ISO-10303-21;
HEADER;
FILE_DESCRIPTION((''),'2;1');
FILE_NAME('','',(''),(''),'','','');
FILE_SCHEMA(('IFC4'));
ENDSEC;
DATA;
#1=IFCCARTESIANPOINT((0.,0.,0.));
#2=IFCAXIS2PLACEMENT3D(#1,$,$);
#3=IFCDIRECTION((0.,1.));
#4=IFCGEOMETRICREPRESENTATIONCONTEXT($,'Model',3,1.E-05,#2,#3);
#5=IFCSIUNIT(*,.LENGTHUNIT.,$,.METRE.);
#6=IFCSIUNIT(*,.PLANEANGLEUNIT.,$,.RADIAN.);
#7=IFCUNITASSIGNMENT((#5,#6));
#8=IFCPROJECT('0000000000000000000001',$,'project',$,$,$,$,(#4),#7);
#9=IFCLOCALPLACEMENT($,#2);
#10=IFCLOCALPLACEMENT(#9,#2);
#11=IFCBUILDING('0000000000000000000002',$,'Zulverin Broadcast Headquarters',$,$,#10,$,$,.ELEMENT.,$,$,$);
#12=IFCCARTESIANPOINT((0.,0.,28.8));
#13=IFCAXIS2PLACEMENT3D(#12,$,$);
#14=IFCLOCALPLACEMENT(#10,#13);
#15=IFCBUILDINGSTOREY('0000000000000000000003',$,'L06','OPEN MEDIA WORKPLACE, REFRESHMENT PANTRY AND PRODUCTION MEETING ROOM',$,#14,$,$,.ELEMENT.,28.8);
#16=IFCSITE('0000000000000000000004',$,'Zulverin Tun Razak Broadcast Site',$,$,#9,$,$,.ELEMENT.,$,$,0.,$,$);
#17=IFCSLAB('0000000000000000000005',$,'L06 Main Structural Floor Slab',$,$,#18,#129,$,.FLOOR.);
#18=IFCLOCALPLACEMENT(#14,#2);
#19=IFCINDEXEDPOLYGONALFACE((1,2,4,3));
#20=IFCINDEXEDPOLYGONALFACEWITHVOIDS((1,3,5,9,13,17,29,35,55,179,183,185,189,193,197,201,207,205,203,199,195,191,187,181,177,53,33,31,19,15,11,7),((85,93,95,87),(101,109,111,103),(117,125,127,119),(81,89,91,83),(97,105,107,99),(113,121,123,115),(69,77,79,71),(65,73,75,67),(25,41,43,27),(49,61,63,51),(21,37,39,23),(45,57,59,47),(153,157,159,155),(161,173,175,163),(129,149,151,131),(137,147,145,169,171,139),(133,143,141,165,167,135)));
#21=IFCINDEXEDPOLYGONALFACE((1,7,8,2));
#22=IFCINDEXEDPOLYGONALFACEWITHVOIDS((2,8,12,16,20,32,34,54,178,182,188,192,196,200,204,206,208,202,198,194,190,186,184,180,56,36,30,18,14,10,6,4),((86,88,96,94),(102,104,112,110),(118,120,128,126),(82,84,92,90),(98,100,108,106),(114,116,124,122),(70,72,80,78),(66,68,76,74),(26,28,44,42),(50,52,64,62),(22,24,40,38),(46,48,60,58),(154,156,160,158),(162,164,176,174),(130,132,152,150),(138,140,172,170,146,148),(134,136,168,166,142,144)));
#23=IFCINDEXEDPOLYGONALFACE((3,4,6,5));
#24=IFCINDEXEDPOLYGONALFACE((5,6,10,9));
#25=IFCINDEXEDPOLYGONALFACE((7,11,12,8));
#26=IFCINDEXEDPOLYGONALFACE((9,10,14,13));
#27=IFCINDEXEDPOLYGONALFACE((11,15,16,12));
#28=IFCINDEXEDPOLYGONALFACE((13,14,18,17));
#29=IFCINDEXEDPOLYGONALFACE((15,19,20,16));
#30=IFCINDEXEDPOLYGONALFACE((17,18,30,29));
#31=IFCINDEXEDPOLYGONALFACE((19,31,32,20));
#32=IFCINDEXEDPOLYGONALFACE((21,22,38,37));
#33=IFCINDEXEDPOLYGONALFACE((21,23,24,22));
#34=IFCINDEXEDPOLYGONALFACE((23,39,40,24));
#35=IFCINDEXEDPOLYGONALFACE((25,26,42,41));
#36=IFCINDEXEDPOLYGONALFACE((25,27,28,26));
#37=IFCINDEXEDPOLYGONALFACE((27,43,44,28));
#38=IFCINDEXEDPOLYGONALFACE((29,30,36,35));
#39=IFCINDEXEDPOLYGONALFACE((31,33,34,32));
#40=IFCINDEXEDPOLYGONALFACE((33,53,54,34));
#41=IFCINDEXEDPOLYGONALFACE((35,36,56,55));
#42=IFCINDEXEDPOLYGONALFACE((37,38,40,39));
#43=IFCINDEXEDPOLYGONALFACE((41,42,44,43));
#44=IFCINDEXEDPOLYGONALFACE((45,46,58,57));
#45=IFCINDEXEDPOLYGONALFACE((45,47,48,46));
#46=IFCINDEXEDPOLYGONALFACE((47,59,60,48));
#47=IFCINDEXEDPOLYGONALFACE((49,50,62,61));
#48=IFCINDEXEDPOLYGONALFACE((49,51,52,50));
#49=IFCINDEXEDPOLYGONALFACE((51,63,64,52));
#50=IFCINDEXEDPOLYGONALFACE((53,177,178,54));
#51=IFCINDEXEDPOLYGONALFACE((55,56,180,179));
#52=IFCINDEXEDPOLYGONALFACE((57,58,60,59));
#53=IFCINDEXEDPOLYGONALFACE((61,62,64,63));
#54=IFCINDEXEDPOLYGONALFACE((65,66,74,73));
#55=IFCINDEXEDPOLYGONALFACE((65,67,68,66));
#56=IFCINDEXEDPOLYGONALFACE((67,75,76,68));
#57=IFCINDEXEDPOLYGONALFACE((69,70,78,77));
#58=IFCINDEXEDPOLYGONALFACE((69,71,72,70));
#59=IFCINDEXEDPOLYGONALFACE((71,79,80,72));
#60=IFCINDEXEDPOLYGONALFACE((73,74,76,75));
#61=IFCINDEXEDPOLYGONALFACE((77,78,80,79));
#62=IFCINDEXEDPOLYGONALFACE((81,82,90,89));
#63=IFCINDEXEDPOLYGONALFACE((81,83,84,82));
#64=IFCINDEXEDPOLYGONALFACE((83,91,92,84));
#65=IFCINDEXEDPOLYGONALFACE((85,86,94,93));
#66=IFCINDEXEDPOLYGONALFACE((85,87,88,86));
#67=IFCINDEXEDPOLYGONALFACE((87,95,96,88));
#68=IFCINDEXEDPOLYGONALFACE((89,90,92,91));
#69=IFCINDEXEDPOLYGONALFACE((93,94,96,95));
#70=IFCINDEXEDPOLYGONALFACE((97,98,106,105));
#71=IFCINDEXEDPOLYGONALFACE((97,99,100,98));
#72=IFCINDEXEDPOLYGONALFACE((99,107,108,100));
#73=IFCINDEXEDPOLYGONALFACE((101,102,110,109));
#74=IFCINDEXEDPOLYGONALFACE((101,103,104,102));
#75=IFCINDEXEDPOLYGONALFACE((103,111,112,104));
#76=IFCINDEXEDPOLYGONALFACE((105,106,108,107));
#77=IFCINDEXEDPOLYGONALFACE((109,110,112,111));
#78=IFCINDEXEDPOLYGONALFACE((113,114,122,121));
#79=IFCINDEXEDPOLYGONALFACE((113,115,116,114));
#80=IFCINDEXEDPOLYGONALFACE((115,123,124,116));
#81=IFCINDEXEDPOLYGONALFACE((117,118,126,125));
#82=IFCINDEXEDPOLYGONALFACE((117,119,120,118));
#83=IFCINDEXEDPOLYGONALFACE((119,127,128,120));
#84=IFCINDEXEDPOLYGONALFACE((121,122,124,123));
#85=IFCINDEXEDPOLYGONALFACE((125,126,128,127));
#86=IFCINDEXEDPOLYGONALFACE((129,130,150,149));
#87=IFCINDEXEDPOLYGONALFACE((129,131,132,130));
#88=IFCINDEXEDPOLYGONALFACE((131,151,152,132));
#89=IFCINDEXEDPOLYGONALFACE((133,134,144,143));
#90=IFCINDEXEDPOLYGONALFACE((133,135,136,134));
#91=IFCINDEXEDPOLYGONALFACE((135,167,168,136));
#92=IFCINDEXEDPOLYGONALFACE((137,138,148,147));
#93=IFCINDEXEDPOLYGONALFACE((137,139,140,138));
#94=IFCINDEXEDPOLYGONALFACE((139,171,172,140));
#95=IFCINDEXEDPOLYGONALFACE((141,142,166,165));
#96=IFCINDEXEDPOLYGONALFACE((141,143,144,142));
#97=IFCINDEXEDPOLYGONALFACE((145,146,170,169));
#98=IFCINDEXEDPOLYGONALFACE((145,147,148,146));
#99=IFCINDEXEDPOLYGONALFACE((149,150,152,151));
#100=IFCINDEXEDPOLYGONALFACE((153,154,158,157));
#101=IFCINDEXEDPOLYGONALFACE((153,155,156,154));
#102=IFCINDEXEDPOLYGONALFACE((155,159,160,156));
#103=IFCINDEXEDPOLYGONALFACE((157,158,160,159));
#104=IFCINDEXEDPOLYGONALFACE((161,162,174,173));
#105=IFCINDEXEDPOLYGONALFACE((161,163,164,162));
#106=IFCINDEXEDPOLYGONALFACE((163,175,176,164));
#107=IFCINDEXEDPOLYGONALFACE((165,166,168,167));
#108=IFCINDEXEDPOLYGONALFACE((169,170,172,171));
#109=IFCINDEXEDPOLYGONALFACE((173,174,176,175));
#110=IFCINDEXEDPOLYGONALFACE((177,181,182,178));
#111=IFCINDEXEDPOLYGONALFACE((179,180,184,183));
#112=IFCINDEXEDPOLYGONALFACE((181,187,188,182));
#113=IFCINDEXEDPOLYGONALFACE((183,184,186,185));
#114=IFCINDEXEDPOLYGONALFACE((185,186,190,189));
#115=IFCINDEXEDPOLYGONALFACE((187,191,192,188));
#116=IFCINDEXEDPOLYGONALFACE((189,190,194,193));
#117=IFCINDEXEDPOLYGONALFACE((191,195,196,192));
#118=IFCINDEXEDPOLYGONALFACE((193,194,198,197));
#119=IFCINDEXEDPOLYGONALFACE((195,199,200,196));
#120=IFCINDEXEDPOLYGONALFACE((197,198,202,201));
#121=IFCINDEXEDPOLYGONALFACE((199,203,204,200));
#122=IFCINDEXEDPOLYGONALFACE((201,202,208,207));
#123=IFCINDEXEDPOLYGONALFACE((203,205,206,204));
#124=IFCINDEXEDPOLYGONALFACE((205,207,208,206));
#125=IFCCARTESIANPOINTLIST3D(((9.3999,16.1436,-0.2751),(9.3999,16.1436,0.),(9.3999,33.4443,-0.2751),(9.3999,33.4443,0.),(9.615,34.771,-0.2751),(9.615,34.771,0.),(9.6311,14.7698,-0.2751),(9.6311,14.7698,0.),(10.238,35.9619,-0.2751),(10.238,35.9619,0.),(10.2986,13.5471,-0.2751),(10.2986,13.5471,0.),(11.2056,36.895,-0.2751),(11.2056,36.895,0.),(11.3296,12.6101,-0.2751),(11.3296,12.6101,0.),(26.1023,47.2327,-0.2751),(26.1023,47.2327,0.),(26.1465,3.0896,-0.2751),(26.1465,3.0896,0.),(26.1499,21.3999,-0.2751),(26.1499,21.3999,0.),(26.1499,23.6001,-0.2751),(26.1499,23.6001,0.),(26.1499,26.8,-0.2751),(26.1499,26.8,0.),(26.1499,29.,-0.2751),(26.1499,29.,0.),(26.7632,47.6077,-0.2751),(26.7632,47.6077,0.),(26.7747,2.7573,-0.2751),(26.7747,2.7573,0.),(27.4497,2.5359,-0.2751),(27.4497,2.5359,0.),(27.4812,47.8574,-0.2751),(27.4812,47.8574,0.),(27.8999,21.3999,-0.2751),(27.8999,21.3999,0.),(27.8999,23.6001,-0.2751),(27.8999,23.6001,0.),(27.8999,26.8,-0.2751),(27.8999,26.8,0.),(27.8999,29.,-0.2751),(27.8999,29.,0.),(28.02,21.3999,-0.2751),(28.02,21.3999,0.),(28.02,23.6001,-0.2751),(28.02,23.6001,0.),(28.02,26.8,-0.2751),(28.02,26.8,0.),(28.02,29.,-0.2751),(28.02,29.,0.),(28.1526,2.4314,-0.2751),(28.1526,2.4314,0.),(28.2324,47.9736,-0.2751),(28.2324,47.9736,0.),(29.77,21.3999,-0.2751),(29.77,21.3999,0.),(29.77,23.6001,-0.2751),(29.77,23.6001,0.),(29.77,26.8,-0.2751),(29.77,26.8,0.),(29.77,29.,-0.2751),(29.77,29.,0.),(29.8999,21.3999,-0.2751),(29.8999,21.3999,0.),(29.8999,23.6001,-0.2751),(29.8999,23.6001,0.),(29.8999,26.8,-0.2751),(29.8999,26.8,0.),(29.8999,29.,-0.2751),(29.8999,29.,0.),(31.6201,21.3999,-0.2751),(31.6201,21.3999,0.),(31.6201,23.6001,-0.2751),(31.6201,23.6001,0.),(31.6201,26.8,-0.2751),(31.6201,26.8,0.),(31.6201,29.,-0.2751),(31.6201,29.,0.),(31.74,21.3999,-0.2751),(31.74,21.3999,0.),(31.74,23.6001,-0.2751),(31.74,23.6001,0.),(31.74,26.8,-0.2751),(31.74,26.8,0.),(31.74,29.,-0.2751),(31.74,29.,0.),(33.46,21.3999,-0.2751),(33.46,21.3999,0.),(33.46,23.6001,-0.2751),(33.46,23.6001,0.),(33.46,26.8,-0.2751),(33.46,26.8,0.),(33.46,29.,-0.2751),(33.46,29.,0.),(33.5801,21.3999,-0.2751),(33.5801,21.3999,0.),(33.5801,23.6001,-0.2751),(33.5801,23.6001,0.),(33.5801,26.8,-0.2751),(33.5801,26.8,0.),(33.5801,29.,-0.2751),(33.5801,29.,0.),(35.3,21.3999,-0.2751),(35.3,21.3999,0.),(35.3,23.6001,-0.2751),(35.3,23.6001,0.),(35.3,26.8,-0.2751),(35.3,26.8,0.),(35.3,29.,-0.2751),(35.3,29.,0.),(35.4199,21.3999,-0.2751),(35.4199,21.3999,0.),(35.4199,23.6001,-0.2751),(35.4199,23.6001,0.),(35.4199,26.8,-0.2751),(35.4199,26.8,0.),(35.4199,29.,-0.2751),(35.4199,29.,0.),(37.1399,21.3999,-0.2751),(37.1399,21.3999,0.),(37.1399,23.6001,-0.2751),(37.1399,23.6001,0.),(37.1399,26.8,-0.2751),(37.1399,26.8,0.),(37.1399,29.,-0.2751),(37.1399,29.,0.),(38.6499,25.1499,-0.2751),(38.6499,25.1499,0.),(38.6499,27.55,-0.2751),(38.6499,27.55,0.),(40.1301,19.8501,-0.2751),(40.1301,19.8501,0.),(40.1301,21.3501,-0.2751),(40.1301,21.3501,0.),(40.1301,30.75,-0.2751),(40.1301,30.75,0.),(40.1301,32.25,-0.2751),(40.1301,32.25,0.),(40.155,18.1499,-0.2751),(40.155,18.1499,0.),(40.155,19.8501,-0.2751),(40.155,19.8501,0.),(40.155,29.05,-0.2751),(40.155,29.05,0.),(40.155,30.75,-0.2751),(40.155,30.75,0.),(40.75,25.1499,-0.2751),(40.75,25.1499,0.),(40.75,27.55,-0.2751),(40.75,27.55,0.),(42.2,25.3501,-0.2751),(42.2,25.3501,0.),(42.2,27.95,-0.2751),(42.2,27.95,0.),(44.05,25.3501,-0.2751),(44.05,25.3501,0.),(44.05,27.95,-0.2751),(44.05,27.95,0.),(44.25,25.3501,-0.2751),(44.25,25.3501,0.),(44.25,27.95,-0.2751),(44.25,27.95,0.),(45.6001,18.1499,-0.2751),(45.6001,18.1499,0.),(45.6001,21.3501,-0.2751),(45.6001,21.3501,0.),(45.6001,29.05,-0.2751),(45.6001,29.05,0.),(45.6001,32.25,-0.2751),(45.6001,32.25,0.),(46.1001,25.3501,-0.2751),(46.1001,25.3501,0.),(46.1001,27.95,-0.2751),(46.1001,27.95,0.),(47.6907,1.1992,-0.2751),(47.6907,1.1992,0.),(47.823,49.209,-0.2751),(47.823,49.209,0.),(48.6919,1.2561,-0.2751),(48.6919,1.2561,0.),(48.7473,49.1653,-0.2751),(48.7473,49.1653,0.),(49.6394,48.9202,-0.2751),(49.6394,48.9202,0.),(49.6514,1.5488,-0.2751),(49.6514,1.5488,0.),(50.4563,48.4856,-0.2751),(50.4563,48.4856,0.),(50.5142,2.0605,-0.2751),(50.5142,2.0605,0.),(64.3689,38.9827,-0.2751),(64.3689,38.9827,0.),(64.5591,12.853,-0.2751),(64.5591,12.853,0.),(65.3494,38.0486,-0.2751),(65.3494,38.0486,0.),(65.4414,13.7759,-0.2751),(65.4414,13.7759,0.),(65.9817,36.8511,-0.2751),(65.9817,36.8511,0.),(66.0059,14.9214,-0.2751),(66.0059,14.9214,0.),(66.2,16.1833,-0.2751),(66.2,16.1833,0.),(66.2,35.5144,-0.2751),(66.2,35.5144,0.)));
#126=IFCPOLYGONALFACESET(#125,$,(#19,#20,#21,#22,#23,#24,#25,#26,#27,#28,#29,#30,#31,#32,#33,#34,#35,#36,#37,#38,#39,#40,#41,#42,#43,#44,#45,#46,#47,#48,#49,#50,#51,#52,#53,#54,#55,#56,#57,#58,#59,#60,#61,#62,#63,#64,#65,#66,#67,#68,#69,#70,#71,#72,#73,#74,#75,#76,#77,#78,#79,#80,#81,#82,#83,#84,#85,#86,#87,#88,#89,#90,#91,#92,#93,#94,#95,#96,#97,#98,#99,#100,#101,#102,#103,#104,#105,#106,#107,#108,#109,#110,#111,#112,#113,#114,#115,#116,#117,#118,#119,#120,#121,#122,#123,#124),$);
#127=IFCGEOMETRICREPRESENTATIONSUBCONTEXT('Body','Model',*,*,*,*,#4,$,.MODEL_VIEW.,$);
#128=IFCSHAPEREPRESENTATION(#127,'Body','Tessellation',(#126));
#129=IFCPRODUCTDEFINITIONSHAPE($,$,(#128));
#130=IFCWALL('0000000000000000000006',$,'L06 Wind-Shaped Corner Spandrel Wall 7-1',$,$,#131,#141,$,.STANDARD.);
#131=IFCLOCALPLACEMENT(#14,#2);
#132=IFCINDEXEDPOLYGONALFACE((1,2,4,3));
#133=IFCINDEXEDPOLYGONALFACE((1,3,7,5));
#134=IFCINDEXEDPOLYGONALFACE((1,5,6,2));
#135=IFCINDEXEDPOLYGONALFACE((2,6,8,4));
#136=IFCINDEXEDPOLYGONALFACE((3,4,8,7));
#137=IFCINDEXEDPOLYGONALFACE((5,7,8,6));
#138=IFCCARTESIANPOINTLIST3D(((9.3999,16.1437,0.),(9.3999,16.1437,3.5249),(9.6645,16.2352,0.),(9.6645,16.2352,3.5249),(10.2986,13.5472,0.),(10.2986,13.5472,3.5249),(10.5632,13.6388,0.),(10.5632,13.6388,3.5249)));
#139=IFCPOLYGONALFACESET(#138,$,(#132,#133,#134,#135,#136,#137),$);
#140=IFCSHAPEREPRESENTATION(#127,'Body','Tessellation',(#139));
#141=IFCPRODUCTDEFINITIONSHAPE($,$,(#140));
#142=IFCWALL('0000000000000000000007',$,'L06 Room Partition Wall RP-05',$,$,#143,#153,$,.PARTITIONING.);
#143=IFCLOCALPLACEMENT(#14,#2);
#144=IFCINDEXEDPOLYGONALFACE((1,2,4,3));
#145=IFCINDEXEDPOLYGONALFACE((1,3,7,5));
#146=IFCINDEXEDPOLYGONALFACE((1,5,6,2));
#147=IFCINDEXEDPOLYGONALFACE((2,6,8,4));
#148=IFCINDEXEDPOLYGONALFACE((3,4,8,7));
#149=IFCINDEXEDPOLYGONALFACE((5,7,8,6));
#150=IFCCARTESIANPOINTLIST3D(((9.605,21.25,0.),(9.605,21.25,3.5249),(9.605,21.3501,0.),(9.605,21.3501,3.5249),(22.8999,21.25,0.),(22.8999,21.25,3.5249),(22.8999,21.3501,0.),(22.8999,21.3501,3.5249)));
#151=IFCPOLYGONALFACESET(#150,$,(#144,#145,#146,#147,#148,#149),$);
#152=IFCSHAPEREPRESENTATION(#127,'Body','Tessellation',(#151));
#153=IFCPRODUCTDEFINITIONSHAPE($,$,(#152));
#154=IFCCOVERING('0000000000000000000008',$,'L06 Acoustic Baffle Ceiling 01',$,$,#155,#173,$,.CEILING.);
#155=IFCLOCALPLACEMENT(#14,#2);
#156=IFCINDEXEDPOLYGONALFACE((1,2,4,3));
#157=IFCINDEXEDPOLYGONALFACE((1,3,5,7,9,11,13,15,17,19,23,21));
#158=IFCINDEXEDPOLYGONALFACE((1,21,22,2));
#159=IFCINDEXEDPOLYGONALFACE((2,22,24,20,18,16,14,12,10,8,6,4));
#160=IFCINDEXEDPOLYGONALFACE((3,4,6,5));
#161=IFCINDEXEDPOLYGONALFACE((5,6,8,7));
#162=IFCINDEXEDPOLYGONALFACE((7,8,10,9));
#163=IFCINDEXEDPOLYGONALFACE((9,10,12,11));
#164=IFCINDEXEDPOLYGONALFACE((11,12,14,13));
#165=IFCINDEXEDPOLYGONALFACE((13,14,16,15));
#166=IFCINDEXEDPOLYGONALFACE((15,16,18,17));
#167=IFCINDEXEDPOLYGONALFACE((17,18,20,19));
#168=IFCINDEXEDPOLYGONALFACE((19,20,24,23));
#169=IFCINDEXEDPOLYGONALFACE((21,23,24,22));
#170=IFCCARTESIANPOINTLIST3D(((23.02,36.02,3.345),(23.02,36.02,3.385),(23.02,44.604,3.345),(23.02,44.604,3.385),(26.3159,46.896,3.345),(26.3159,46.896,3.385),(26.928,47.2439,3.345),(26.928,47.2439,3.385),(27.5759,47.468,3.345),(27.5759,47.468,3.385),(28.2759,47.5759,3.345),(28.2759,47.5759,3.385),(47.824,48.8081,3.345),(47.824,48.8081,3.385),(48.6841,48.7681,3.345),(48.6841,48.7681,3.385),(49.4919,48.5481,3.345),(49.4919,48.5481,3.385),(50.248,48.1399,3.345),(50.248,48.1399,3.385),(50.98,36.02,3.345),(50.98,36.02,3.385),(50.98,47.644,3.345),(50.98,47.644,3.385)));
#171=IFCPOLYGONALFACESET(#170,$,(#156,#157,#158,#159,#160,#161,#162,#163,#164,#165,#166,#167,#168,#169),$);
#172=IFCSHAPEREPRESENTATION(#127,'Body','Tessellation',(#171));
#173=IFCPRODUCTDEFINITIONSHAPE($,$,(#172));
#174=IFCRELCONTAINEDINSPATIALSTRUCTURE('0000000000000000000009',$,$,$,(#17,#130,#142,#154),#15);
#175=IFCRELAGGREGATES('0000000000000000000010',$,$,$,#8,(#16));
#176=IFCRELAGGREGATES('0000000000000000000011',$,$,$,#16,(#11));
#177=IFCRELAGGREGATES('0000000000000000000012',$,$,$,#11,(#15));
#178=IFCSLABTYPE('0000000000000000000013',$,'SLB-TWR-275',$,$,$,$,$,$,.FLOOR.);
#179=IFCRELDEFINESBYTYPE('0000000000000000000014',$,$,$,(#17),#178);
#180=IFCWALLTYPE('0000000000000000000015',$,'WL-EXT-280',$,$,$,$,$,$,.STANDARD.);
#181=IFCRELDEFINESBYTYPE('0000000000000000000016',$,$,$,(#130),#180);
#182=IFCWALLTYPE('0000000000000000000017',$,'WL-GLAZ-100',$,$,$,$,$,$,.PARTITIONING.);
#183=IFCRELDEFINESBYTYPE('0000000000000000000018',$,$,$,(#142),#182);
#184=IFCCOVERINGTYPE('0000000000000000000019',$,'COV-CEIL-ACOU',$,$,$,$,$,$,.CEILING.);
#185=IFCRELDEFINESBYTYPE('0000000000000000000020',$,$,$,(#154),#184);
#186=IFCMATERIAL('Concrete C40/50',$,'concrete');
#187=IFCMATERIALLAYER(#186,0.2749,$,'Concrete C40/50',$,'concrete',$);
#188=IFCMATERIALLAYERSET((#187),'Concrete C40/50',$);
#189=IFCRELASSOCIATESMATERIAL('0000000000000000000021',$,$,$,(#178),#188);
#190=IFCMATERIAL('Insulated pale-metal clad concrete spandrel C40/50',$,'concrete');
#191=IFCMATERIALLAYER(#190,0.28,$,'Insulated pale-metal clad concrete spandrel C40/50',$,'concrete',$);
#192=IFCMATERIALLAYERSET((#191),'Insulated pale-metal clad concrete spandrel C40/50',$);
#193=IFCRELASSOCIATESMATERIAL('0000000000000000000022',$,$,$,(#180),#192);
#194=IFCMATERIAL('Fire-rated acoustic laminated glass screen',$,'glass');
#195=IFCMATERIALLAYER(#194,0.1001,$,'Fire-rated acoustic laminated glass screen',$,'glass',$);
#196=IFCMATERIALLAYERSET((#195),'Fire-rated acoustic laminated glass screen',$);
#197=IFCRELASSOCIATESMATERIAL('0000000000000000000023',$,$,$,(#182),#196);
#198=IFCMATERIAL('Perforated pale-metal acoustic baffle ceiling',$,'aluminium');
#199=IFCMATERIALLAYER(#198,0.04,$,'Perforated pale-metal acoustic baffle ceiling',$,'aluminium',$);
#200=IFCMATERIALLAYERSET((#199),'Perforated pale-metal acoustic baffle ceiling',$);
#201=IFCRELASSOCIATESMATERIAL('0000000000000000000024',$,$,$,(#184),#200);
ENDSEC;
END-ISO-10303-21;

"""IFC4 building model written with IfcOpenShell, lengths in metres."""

from ifc_helpers import new_model, si_unit, direction, frame, frame_2d, origin, place, context, subcontext, project, spatial, polyline, rectangle, outline, extrude, material, layer, layer_set, type_object, element, save


model = new_model("IFC4")

# Units and contexts
model_context = context("Model", 3, precision=1e-05, world=origin(), true_north=direction((0.0, 1.0)))
body_context = subcontext(model_context, "Body", "Model", "MODEL_VIEW")
ifc_project = project(units=[si_unit("LENGTHUNIT", "METRE"), si_unit("PLANEANGLEUNIT", "RADIAN")], contexts=[model_context])

# Site, building, storey
site_placement = place(None, origin())
site = spatial("IfcSite", under=ifc_project, at=site_placement, Name="Zulverin Tun Razak Broadcast Site", CompositionType="ELEMENT", RefElevation=0.0)
building_placement = place(site_placement, origin())
building = spatial("IfcBuilding", under=site, at=building_placement, Name="Zulverin Broadcast Headquarters", CompositionType="ELEMENT")
storey_placement = place(building_placement, frame((0.0, 0.0, 28.8)))
storey = spatial("IfcBuildingStorey", under=building, at=storey_placement, Name="L06", Description="OPEN MEDIA WORKPLACE, REFRESHMENT PANTRY AND PRODUCTION MEETING ROOM", CompositionType="ELEMENT", Elevation=28.8)

# Shared definitions
ifc_material_1 = material(Name="Concrete C40/50", Category="concrete")

# Slab
ifc_layer_1 = layer(ifc_material_1, 0.2749, Name="Concrete C40/50", Category="concrete")
ifc_layer_set_1 = layer_set([ifc_layer_1], Name="Concrete C40/50")
slab_type_1 = type_object("IfcSlabType", Name="SLB-TWR-275", PredefinedType="FLOOR", material=ifc_layer_set_1)
slab_1_placement = place(storey_placement, frame((0.0, 0.0, -0.2751)))
element("IfcSlab", 1, at=slab_1_placement, inside=storey, type_object=slab_type_1, Name="L06 Main Structural Floor Slab", PredefinedType="FLOOR", context=body_context, shape_type="SweptSolid", body=[
    extrude(outline(polyline([(26.1465, 3.0896), (26.7747, 2.7573), (27.4497, 2.5359), (28.1526, 2.4314), (47.6907, 1.1992), (48.6919, 1.2561), (49.6514, 1.5488), (50.5142, 2.0605), (64.5591, 12.853), (65.4414, 13.7759), (66.0059, 14.9214), (66.2, 16.1833), (66.2, 35.5144), (65.9817, 36.8511), (65.3494, 38.0486), (64.3689, 38.9827), (50.4563, 48.4856), (49.6394, 48.9202), (48.7473, 49.1653), (47.823, 49.209), (28.2324, 47.9736), (27.4812, 47.8574), (26.7632, 47.6077), (26.1023, 47.2327), (11.2056, 36.895), (10.238, 35.9619), (9.615, 34.771), (9.3999, 33.4443), (9.3999, 16.1436), (9.6311, 14.7698), (10.2986, 13.5471), (11.3296, 12.6101), (26.1465, 3.0896)]), holes=[polyline([(40.155, 30.75), (40.1301, 30.75), (40.1301, 32.25), (45.6001, 32.25), (45.6001, 29.05), (40.155, 29.05), (40.155, 30.75)]), polyline([(40.155, 19.8501), (40.1301, 19.8501), (40.1301, 21.3501), (45.6001, 21.3501), (45.6001, 18.1499), (40.155, 18.1499), (40.155, 19.8501)]), polyline([(26.1499, 26.8), (27.8999, 26.8), (27.8999, 29.0), (26.1499, 29.0), (26.1499, 26.8)]), polyline([(28.02, 26.8), (29.77, 26.8), (29.77, 29.0), (28.02, 29.0), (28.02, 26.8)]), polyline([(26.1499, 21.3999), (27.8999, 21.3999), (27.8999, 23.6001), (26.1499, 23.6001), (26.1499, 21.3999)]), polyline([(28.02, 21.3999), (29.77, 21.3999), (29.77, 23.6001), (28.02, 23.6001), (28.02, 21.3999)]), polyline([(29.8999, 21.3999), (31.6201, 21.3999), (31.6201, 23.6001), (29.8999, 23.6001), (29.8999, 21.3999)]), polyline([(31.74, 21.3999), (33.46, 21.3999), (33.46, 23.6001), (31.74, 23.6001), (31.74, 21.3999)]), polyline([(33.5801, 21.3999), (35.3, 21.3999), (35.3, 23.6001), (33.5801, 23.6001), (33.5801, 21.3999)]), polyline([(35.4199, 21.3999), (37.1399, 21.3999), (37.1399, 23.6001), (35.4199, 23.6001), (35.4199, 21.3999)]), polyline([(29.8999, 26.8), (31.6201, 26.8), (31.6201, 29.0), (29.8999, 29.0), (29.8999, 26.8)]), polyline([(31.74, 26.8), (33.46, 26.8), (33.46, 29.0), (31.74, 29.0), (31.74, 26.8)]), polyline([(33.5801, 26.8), (35.3, 26.8), (35.3, 29.0), (33.5801, 29.0), (33.5801, 26.8)]), polyline([(35.4199, 26.8), (37.1399, 26.8), (37.1399, 29.0), (35.4199, 29.0), (35.4199, 26.8)]), polyline([(42.2, 25.3501), (44.05, 25.3501), (44.05, 27.95), (42.2, 27.95), (42.2, 25.3501)]), polyline([(44.25, 25.3501), (46.1001, 25.3501), (46.1001, 27.95), (44.25, 27.95), (44.25, 25.3501)]), polyline([(38.6499, 25.1499), (40.75, 25.1499), (40.75, 27.55), (38.6499, 27.55), (38.6499, 25.1499)])]), origin(), (0.0, 0.0, 1.0), 0.2751),
])

# Walls
ifc_material_2 = material(Name="Insulated pale-metal clad concrete spandrel C40/50", Category="concrete")
ifc_layer_2 = layer(ifc_material_2, 0.28, Name="Insulated pale-metal clad concrete spandrel C40/50", Category="concrete")
ifc_layer_set_2 = layer_set([ifc_layer_2], Name="Insulated pale-metal clad concrete spandrel C40/50")
wall_type_1 = type_object("IfcWallType", Name="WL-EXT-280", PredefinedType="STANDARD", material=ifc_layer_set_2)
wall_1_placement = place(storey_placement, frame((9.5322, 16.1895, 0.0), z_axis=(0.0, 0.0, 1.0), x_axis=(0.327083, -0.944996, 0.0)))
element("IfcWall", 2, at=wall_1_placement, inside=storey, type_object=wall_type_1, Name="L06 Wind-Shaped Corner Spandrel Wall 7-1", PredefinedType="STANDARD", context=body_context, shape_type="SweptSolid", body=[
    extrude(rectangle(XDim=2.7476, YDim=0.28, at=frame_2d((1.3738, 0.0))), origin(), (0.0, 0.0, 1.0), 3.5249),
])
ifc_material_3 = material(Name="Fire-rated acoustic laminated glass screen", Category="glass")
ifc_layer_3 = layer(ifc_material_3, 0.1001, Name="Fire-rated acoustic laminated glass screen", Category="glass")
ifc_layer_set_3 = layer_set([ifc_layer_3], Name="Fire-rated acoustic laminated glass screen")
wall_type_2 = type_object("IfcWallType", Name="WL-GLAZ-100", PredefinedType="PARTITIONING", material=ifc_layer_set_3)
wall_2_placement = place(storey_placement, frame((9.605, 21.3, 0.0), z_axis=(0.0, 0.0, 1.0), x_axis=(1.0, 0.0, 0.0)))
element("IfcWall", 3, at=wall_2_placement, inside=storey, type_object=wall_type_2, Name="L06 Room Partition Wall RP-05", PredefinedType="PARTITIONING", context=body_context, shape_type="SweptSolid", body=[
    extrude(rectangle(XDim=13.2949, YDim=0.1001, at=frame_2d((6.6475, 0.0))), origin(), (0.0, 0.0, 1.0), 3.5249),
])

# Covering
ifc_material_4 = material(Name="Perforated pale-metal acoustic baffle ceiling", Category="aluminium")
ifc_layer_4 = layer(ifc_material_4, 0.04, Name="Perforated pale-metal acoustic baffle ceiling", Category="aluminium")
ifc_layer_set_4 = layer_set([ifc_layer_4], Name="Perforated pale-metal acoustic baffle ceiling")
covering_type_1 = type_object("IfcCoveringType", Name="COV-CEIL-ACOU", PredefinedType="CEILING", material=ifc_layer_set_4)
covering_1_placement = place(storey_placement, frame((0.0, 0.0, 3.345)))
element("IfcCovering", 4, at=covering_1_placement, inside=storey, type_object=covering_type_1, Name="L06 Acoustic Baffle Ceiling 01", PredefinedType="CEILING", context=body_context, shape_type="SweptSolid", body=[
    extrude(outline(polyline([(48.6841, 48.7681), (47.824, 48.8081), (28.2759, 47.5759), (27.5759, 47.468), (26.928, 47.2439), (26.3159, 46.896), (23.02, 44.604), (23.02, 36.02), (50.98, 36.02), (50.98, 47.644), (50.248, 48.1399), (49.4919, 48.5481), (48.6841, 48.7681)])), origin(), (0.0, 0.0, 1.0), 0.04),
])

save(model, "model.ifc")
